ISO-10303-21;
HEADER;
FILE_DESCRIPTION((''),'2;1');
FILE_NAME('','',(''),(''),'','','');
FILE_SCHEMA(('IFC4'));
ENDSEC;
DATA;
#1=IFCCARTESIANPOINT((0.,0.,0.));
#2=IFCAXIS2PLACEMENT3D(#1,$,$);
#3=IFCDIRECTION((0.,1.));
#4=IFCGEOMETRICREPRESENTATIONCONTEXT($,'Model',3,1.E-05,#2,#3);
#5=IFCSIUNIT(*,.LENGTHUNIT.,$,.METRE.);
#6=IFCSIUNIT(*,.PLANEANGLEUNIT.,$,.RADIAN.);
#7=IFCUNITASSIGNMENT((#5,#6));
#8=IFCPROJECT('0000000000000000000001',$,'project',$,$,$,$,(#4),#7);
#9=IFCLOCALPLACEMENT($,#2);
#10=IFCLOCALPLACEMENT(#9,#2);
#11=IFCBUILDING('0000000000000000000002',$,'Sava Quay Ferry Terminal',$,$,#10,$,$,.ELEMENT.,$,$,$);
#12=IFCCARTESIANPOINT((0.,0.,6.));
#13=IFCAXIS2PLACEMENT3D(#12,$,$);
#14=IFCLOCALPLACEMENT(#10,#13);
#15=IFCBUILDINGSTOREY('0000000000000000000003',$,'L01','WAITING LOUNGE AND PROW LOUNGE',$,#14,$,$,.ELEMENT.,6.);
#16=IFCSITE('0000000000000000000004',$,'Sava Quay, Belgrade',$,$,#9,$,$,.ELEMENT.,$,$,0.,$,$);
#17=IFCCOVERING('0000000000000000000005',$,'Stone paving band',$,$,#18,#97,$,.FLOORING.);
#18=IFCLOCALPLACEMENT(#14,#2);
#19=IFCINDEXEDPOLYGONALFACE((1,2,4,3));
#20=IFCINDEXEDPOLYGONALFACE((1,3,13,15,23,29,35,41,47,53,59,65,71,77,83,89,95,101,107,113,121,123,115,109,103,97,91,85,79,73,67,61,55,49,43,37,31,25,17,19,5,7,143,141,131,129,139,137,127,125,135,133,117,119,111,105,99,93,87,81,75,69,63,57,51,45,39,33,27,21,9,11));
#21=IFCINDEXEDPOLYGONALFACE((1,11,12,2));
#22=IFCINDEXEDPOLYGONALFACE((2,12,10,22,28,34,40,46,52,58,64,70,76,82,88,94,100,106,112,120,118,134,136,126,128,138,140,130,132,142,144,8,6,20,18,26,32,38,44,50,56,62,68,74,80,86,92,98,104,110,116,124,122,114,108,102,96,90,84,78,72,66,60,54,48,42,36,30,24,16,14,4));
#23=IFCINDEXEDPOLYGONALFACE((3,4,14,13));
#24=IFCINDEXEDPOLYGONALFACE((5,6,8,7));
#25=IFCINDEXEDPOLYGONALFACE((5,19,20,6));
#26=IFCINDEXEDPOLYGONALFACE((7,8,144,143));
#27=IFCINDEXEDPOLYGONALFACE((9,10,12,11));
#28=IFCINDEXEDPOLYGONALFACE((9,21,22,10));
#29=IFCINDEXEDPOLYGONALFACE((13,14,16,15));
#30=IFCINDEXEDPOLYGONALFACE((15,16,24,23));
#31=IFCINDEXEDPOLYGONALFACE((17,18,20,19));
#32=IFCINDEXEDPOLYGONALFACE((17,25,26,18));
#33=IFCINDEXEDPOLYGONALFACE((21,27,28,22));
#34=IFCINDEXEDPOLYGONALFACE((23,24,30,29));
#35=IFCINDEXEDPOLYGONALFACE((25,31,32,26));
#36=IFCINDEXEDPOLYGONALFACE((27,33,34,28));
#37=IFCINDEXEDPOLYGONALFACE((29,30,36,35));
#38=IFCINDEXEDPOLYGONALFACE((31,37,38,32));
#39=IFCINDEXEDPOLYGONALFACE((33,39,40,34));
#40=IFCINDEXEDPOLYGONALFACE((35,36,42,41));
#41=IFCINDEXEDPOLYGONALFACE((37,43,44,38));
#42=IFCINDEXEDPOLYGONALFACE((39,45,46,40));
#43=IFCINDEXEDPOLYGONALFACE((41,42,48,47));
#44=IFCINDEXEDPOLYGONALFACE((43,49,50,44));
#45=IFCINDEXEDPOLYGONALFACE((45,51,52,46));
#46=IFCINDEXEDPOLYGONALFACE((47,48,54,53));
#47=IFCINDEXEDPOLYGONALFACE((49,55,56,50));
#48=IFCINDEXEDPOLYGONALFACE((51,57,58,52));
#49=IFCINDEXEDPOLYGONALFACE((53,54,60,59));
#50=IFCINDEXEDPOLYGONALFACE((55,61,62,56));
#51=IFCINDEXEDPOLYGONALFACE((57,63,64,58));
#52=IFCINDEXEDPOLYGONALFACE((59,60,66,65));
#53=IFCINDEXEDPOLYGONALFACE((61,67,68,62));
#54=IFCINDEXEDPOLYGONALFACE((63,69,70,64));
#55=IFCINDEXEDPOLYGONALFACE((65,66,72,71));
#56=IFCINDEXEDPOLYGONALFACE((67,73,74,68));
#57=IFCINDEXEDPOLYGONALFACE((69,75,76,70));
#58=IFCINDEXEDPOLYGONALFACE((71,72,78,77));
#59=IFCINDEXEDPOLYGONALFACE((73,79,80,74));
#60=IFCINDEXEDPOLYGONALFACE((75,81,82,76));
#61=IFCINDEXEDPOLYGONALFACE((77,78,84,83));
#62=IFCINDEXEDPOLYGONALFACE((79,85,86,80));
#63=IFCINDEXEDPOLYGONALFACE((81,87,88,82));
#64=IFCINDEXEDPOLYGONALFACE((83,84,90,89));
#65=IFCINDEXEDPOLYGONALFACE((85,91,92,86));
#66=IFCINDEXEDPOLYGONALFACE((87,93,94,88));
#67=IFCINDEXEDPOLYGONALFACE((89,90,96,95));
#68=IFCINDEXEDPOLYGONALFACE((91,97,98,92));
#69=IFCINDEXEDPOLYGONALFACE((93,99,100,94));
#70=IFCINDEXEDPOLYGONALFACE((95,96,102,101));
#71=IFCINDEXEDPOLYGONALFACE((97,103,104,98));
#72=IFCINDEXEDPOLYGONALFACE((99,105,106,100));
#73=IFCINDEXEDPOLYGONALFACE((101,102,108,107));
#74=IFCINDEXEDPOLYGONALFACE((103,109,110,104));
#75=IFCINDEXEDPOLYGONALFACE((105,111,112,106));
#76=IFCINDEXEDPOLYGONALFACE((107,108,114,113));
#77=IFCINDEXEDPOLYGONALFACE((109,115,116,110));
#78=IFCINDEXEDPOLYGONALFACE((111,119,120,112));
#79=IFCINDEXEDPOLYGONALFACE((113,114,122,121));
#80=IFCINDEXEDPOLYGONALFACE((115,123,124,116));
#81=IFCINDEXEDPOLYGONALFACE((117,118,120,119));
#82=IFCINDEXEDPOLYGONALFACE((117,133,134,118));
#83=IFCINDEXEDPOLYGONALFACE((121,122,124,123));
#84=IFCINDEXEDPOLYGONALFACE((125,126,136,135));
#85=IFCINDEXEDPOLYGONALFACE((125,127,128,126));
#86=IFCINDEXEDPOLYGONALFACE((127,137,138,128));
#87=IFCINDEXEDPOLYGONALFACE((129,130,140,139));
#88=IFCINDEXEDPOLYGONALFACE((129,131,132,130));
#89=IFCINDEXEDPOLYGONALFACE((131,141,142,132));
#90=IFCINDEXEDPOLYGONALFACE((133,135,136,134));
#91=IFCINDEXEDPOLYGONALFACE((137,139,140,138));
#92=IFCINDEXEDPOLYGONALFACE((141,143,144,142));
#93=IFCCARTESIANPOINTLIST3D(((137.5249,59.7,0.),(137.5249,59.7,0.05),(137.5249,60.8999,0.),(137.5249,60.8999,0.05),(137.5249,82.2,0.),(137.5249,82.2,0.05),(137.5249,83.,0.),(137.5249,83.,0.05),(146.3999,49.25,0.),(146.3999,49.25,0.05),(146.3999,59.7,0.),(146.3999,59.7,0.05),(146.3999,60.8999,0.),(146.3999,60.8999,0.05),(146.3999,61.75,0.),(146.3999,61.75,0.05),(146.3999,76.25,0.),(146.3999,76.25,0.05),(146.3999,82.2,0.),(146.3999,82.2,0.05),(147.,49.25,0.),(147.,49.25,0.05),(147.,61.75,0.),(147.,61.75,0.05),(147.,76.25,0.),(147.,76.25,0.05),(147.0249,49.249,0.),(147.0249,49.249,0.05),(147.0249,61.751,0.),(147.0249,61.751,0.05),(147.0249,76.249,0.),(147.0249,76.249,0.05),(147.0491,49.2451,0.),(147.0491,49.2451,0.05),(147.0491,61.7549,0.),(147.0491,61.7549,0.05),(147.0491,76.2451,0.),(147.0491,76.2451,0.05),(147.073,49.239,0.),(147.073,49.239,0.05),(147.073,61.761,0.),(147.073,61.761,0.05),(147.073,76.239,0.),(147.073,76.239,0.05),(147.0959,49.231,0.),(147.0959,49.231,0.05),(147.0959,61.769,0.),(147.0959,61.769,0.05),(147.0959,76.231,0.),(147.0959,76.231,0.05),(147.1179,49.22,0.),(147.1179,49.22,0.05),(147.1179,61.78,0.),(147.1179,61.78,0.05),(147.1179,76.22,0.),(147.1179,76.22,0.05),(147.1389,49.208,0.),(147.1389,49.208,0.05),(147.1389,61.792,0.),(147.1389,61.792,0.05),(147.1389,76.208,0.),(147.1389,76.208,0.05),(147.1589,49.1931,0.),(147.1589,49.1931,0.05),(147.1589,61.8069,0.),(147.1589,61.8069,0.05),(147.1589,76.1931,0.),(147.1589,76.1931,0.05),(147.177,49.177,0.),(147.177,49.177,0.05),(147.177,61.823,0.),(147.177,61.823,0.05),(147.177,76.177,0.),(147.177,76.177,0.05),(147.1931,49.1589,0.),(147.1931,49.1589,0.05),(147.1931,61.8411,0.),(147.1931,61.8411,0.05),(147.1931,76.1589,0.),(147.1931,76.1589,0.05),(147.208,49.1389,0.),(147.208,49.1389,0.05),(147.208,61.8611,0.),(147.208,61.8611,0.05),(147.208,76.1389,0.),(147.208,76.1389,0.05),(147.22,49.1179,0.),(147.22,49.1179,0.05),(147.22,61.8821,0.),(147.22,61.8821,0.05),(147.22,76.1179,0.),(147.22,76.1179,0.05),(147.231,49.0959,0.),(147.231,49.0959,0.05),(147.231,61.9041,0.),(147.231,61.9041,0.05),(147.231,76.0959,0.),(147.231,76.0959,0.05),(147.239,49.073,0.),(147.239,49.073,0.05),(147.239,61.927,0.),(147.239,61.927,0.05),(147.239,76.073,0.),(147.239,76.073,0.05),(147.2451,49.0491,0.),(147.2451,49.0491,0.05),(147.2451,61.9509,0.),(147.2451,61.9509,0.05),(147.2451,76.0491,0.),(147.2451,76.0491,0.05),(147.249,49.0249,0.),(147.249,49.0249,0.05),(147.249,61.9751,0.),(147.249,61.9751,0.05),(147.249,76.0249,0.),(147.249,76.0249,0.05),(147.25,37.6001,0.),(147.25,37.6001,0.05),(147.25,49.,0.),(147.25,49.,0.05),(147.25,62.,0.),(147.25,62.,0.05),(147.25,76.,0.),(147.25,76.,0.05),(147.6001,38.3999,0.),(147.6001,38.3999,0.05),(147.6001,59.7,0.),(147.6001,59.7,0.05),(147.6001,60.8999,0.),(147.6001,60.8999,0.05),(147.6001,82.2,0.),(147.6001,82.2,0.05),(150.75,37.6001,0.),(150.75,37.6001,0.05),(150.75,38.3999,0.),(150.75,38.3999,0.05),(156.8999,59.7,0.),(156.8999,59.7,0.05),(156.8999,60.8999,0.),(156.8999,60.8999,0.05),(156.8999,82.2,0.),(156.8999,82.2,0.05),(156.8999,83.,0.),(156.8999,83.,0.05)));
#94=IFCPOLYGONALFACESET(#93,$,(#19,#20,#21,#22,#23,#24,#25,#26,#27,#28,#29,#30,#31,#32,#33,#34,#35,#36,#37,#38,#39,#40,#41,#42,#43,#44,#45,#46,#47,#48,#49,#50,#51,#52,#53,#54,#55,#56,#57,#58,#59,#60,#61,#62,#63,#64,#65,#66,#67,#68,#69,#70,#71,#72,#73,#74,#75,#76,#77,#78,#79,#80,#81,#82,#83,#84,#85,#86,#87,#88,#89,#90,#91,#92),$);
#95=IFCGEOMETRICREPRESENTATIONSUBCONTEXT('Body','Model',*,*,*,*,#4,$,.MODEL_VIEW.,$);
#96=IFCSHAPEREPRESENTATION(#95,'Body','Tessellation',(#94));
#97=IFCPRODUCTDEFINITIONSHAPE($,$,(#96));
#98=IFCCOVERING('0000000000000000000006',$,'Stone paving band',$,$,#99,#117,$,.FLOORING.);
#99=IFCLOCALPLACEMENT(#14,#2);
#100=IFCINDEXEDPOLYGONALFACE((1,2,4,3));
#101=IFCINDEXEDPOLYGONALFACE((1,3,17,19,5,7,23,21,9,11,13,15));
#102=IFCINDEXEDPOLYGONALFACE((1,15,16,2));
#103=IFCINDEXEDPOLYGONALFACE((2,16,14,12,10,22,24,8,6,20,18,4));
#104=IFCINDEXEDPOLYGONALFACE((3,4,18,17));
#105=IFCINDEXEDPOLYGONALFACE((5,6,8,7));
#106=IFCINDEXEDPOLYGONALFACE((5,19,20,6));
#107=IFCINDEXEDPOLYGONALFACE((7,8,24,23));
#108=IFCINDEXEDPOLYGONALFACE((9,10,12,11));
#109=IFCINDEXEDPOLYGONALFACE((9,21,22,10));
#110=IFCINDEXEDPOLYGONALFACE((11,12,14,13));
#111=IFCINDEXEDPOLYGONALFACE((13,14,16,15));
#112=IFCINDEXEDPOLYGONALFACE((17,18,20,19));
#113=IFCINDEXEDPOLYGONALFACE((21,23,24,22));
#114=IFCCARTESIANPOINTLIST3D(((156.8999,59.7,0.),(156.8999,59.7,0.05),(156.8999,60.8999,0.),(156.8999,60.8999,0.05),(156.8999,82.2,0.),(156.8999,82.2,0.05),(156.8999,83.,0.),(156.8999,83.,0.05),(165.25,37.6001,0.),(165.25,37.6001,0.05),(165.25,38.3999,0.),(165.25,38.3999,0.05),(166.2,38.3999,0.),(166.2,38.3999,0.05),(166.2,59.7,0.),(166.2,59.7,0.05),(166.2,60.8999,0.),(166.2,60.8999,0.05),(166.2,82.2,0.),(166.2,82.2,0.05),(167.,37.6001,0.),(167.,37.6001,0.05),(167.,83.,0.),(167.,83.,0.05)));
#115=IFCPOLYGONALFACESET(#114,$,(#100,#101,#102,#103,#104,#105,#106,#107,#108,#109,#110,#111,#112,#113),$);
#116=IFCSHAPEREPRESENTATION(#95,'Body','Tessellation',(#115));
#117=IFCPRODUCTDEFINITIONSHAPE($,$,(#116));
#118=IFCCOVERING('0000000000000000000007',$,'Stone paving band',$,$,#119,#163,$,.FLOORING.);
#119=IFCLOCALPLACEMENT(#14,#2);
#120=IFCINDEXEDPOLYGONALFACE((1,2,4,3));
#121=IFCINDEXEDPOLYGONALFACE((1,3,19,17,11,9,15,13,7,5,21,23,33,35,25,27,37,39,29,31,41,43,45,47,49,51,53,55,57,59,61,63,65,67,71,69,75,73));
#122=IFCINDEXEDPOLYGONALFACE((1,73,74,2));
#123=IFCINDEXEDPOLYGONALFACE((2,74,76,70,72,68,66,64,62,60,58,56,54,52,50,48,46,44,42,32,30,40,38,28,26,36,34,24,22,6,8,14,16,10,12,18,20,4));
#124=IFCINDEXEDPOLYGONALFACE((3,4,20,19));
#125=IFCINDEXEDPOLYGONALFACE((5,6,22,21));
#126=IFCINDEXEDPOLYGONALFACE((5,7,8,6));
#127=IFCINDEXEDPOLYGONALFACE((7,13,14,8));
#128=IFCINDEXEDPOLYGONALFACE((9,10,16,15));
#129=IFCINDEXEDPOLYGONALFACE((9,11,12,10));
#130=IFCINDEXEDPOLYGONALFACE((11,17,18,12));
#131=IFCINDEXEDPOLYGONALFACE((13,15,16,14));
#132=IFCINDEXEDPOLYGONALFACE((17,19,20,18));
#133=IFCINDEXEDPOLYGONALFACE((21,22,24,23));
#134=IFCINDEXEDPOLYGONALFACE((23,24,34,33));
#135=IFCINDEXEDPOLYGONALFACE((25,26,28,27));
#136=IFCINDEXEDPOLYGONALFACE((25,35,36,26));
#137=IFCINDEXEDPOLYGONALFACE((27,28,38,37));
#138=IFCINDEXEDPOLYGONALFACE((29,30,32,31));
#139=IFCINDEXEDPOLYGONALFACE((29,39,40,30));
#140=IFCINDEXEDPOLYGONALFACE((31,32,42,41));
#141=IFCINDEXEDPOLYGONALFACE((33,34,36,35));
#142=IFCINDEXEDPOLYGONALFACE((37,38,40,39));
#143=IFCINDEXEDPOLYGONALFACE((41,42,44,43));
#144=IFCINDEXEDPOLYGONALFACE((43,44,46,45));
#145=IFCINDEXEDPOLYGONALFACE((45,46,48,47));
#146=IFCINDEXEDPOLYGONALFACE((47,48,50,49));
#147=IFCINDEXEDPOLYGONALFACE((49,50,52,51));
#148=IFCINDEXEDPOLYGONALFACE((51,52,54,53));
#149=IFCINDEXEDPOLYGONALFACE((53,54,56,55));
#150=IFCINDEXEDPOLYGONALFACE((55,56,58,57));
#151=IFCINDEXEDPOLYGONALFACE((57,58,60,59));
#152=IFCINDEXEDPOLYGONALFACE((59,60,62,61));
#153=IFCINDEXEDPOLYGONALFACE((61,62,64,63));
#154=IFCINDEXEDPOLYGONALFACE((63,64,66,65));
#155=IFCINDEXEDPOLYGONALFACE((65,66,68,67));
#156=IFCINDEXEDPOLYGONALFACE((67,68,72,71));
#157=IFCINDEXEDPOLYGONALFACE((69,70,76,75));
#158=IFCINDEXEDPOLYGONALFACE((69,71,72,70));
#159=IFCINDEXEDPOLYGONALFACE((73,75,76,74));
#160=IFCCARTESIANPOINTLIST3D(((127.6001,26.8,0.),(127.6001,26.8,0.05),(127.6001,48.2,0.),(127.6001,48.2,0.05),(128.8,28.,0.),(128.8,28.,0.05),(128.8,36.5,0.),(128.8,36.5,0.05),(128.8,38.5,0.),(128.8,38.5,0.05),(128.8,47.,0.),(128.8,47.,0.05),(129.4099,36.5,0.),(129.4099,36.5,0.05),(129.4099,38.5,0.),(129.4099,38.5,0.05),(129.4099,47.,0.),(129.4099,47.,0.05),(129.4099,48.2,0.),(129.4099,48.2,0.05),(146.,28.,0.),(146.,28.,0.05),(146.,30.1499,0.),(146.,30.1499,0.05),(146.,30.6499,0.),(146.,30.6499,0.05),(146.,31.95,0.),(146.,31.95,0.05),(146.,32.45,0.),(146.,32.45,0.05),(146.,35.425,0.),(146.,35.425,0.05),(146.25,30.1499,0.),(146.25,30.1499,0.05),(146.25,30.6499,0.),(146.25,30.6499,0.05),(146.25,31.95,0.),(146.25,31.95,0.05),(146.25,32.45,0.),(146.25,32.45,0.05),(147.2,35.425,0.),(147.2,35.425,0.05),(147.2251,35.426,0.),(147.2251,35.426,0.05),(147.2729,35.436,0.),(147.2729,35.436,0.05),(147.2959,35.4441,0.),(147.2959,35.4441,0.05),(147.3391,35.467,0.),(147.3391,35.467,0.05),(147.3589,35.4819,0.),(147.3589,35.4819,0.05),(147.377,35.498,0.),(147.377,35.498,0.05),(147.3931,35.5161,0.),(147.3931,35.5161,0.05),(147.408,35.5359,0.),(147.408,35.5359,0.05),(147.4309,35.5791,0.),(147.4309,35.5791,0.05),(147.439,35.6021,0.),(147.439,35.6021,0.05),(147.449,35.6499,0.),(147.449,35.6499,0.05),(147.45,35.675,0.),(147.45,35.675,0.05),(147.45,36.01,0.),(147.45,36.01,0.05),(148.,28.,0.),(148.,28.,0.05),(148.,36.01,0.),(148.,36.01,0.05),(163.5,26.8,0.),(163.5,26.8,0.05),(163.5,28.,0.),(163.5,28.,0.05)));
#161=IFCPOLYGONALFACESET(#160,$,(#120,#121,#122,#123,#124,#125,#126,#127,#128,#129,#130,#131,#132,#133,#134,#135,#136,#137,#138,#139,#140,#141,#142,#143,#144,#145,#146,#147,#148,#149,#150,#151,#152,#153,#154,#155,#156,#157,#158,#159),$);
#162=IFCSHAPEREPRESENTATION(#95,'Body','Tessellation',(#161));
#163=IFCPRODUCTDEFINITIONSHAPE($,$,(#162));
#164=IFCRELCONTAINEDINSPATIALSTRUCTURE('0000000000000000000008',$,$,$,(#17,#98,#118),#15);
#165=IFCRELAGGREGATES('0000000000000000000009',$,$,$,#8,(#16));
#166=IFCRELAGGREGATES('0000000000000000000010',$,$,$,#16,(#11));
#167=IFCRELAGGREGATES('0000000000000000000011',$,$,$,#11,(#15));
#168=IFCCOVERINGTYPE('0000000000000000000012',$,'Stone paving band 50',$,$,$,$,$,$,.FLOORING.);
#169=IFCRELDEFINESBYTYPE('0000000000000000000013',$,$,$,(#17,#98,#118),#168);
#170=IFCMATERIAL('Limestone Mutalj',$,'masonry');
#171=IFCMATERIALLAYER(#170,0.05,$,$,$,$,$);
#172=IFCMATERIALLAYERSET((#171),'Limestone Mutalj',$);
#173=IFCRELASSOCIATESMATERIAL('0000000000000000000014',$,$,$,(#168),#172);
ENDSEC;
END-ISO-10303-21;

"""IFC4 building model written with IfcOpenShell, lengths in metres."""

from ifc_helpers import new_model, si_unit, direction, frame, origin, place, context, subcontext, project, spatial, polyline, outline, extrude, material, layer, layer_set, type_object, element, save


model = new_model("IFC4")

# Units and contexts
model_context = context("Model", 3, precision=1e-05, world=origin(), true_north=direction((0.0, 1.0)))
body_context = subcontext(model_context, "Body", "Model", "MODEL_VIEW")
ifc_project = project(units=[si_unit("LENGTHUNIT", "METRE"), si_unit("PLANEANGLEUNIT", "RADIAN")], contexts=[model_context])

# Site, building, storey
site_placement = place(None, origin())
site = spatial("IfcSite", under=ifc_project, at=site_placement, Name="Sava Quay, Belgrade", CompositionType="ELEMENT", RefElevation=0.0)
building_placement = place(site_placement, origin())
building = spatial("IfcBuilding", under=site, at=building_placement, Name="Sava Quay Ferry Terminal", CompositionType="ELEMENT")
storey_placement = place(building_placement, frame((0.0, 0.0, 6.0)))
storey = spatial("IfcBuildingStorey", under=building, at=storey_placement, Name="L01", Description="WAITING LOUNGE AND PROW LOUNGE", CompositionType="ELEMENT", Elevation=6.0)

# Coverings
ifc_material_1 = material(Name="Limestone Mutalj", Category="masonry")
ifc_layer_1 = layer(ifc_material_1, 0.05)
ifc_layer_set_1 = layer_set([ifc_layer_1], Name="Limestone Mutalj")
covering_type_1 = type_object("IfcCoveringType", Name="Stone paving band 50", PredefinedType="FLOORING", material=ifc_layer_set_1)
covering_1_placement = place(storey_placement, origin())
element("IfcCovering", 1, at=covering_1_placement, inside=storey, type_object=covering_type_1, Name="Stone paving band", PredefinedType="FLOORING", context=body_context, shape_type="SweptSolid", body=[
    extrude(outline(polyline([(147.22, 49.1179), (147.231, 49.0959), (147.239, 49.073), (147.2451, 49.0491), (147.249, 49.0249), (147.25, 49.0), (147.25, 37.6001), (150.75, 37.6001), (150.75, 38.3999), (147.6001, 38.3999), (147.6001, 59.7), (156.8999, 59.7), (156.8999, 60.8999), (147.6001, 60.8999), (147.6001, 82.2), (156.8999, 82.2), (156.8999, 83.0), (137.5249, 83.0), (137.5249, 82.2), (146.3999, 82.2), (146.3999, 76.25), (147.0, 76.25), (147.0249, 76.249), (147.0491, 76.2451), (147.073, 76.239), (147.0959, 76.231), (147.1179, 76.22), (147.1389, 76.208), (147.1589, 76.1931), (147.177, 76.177), (147.1931, 76.1589), (147.208, 76.1389), (147.22, 76.1179), (147.231, 76.0959), (147.239, 76.073), (147.2451, 76.0491), (147.249, 76.0249), (147.25, 76.0), (147.25, 62.0), (147.249, 61.9751), (147.2451, 61.9509), (147.239, 61.927), (147.231, 61.9041), (147.22, 61.8821), (147.208, 61.8611), (147.1931, 61.8411), (147.177, 61.823), (147.1589, 61.8069), (147.1389, 61.792), (147.1179, 61.78), (147.0959, 61.769), (147.073, 61.761), (147.0491, 61.7549), (147.0249, 61.751), (147.0, 61.75), (146.3999, 61.75), (146.3999, 60.8999), (137.5249, 60.8999), (137.5249, 59.7), (146.3999, 59.7), (146.3999, 49.25), (147.0, 49.25), (147.0249, 49.249), (147.0491, 49.2451), (147.073, 49.239), (147.0959, 49.231), (147.1179, 49.22), (147.1389, 49.208), (147.1589, 49.1931), (147.177, 49.177), (147.1931, 49.1589), (147.208, 49.1389), (147.22, 49.1179)])), origin(), (0.0, 0.0, 1.0), 0.05),
])
covering_2_placement = place(storey_placement, origin())
element("IfcCovering", 2, at=covering_2_placement, inside=storey, type_object=covering_type_1, Name="Stone paving band", PredefinedType="FLOORING", context=body_context, shape_type="SweptSolid", body=[
    extrude(outline(polyline([(167.0, 83.0), (156.8999, 83.0), (156.8999, 82.2), (166.2, 82.2), (166.2, 60.8999), (156.8999, 60.8999), (156.8999, 59.7), (166.2, 59.7), (166.2, 38.3999), (165.25, 38.3999), (165.25, 37.6001), (167.0, 37.6001), (167.0, 83.0)])), origin(), (0.0, 0.0, 1.0), 0.05),
])
covering_3_placement = place(storey_placement, origin())
element("IfcCovering", 3, at=covering_3_placement, inside=storey, type_object=covering_type_1, Name="Stone paving band", PredefinedType="FLOORING", context=body_context, shape_type="SweptSolid", body=[
    extrude(outline(polyline([(129.4099, 47.0), (129.4099, 48.2), (127.6001, 48.2), (127.6001, 26.8), (163.5, 26.8), (163.5, 28.0), (148.0, 28.0), (148.0, 36.01), (147.45, 36.01), (147.45, 35.675), (147.449, 35.6499), (147.439, 35.6021), (147.4309, 35.5791), (147.408, 35.5359), (147.3931, 35.5161), (147.377, 35.498), (147.3589, 35.4819), (147.3391, 35.467), (147.2959, 35.4441), (147.2729, 35.436), (147.2251, 35.426), (147.2, 35.425), (146.0, 35.425), (146.0, 32.45), (146.25, 32.45), (146.25, 31.95), (146.0, 31.95), (146.0, 30.6499), (146.25, 30.6499), (146.25, 30.1499), (146.0, 30.1499), (146.0, 28.0), (128.8, 28.0), (128.8, 36.5), (129.4099, 36.5), (129.4099, 38.5), (128.8, 38.5), (128.8, 47.0), (129.4099, 47.0)])), origin(), (0.0, 0.0, 1.0), 0.05),
])

save(model, "model.ifc")
